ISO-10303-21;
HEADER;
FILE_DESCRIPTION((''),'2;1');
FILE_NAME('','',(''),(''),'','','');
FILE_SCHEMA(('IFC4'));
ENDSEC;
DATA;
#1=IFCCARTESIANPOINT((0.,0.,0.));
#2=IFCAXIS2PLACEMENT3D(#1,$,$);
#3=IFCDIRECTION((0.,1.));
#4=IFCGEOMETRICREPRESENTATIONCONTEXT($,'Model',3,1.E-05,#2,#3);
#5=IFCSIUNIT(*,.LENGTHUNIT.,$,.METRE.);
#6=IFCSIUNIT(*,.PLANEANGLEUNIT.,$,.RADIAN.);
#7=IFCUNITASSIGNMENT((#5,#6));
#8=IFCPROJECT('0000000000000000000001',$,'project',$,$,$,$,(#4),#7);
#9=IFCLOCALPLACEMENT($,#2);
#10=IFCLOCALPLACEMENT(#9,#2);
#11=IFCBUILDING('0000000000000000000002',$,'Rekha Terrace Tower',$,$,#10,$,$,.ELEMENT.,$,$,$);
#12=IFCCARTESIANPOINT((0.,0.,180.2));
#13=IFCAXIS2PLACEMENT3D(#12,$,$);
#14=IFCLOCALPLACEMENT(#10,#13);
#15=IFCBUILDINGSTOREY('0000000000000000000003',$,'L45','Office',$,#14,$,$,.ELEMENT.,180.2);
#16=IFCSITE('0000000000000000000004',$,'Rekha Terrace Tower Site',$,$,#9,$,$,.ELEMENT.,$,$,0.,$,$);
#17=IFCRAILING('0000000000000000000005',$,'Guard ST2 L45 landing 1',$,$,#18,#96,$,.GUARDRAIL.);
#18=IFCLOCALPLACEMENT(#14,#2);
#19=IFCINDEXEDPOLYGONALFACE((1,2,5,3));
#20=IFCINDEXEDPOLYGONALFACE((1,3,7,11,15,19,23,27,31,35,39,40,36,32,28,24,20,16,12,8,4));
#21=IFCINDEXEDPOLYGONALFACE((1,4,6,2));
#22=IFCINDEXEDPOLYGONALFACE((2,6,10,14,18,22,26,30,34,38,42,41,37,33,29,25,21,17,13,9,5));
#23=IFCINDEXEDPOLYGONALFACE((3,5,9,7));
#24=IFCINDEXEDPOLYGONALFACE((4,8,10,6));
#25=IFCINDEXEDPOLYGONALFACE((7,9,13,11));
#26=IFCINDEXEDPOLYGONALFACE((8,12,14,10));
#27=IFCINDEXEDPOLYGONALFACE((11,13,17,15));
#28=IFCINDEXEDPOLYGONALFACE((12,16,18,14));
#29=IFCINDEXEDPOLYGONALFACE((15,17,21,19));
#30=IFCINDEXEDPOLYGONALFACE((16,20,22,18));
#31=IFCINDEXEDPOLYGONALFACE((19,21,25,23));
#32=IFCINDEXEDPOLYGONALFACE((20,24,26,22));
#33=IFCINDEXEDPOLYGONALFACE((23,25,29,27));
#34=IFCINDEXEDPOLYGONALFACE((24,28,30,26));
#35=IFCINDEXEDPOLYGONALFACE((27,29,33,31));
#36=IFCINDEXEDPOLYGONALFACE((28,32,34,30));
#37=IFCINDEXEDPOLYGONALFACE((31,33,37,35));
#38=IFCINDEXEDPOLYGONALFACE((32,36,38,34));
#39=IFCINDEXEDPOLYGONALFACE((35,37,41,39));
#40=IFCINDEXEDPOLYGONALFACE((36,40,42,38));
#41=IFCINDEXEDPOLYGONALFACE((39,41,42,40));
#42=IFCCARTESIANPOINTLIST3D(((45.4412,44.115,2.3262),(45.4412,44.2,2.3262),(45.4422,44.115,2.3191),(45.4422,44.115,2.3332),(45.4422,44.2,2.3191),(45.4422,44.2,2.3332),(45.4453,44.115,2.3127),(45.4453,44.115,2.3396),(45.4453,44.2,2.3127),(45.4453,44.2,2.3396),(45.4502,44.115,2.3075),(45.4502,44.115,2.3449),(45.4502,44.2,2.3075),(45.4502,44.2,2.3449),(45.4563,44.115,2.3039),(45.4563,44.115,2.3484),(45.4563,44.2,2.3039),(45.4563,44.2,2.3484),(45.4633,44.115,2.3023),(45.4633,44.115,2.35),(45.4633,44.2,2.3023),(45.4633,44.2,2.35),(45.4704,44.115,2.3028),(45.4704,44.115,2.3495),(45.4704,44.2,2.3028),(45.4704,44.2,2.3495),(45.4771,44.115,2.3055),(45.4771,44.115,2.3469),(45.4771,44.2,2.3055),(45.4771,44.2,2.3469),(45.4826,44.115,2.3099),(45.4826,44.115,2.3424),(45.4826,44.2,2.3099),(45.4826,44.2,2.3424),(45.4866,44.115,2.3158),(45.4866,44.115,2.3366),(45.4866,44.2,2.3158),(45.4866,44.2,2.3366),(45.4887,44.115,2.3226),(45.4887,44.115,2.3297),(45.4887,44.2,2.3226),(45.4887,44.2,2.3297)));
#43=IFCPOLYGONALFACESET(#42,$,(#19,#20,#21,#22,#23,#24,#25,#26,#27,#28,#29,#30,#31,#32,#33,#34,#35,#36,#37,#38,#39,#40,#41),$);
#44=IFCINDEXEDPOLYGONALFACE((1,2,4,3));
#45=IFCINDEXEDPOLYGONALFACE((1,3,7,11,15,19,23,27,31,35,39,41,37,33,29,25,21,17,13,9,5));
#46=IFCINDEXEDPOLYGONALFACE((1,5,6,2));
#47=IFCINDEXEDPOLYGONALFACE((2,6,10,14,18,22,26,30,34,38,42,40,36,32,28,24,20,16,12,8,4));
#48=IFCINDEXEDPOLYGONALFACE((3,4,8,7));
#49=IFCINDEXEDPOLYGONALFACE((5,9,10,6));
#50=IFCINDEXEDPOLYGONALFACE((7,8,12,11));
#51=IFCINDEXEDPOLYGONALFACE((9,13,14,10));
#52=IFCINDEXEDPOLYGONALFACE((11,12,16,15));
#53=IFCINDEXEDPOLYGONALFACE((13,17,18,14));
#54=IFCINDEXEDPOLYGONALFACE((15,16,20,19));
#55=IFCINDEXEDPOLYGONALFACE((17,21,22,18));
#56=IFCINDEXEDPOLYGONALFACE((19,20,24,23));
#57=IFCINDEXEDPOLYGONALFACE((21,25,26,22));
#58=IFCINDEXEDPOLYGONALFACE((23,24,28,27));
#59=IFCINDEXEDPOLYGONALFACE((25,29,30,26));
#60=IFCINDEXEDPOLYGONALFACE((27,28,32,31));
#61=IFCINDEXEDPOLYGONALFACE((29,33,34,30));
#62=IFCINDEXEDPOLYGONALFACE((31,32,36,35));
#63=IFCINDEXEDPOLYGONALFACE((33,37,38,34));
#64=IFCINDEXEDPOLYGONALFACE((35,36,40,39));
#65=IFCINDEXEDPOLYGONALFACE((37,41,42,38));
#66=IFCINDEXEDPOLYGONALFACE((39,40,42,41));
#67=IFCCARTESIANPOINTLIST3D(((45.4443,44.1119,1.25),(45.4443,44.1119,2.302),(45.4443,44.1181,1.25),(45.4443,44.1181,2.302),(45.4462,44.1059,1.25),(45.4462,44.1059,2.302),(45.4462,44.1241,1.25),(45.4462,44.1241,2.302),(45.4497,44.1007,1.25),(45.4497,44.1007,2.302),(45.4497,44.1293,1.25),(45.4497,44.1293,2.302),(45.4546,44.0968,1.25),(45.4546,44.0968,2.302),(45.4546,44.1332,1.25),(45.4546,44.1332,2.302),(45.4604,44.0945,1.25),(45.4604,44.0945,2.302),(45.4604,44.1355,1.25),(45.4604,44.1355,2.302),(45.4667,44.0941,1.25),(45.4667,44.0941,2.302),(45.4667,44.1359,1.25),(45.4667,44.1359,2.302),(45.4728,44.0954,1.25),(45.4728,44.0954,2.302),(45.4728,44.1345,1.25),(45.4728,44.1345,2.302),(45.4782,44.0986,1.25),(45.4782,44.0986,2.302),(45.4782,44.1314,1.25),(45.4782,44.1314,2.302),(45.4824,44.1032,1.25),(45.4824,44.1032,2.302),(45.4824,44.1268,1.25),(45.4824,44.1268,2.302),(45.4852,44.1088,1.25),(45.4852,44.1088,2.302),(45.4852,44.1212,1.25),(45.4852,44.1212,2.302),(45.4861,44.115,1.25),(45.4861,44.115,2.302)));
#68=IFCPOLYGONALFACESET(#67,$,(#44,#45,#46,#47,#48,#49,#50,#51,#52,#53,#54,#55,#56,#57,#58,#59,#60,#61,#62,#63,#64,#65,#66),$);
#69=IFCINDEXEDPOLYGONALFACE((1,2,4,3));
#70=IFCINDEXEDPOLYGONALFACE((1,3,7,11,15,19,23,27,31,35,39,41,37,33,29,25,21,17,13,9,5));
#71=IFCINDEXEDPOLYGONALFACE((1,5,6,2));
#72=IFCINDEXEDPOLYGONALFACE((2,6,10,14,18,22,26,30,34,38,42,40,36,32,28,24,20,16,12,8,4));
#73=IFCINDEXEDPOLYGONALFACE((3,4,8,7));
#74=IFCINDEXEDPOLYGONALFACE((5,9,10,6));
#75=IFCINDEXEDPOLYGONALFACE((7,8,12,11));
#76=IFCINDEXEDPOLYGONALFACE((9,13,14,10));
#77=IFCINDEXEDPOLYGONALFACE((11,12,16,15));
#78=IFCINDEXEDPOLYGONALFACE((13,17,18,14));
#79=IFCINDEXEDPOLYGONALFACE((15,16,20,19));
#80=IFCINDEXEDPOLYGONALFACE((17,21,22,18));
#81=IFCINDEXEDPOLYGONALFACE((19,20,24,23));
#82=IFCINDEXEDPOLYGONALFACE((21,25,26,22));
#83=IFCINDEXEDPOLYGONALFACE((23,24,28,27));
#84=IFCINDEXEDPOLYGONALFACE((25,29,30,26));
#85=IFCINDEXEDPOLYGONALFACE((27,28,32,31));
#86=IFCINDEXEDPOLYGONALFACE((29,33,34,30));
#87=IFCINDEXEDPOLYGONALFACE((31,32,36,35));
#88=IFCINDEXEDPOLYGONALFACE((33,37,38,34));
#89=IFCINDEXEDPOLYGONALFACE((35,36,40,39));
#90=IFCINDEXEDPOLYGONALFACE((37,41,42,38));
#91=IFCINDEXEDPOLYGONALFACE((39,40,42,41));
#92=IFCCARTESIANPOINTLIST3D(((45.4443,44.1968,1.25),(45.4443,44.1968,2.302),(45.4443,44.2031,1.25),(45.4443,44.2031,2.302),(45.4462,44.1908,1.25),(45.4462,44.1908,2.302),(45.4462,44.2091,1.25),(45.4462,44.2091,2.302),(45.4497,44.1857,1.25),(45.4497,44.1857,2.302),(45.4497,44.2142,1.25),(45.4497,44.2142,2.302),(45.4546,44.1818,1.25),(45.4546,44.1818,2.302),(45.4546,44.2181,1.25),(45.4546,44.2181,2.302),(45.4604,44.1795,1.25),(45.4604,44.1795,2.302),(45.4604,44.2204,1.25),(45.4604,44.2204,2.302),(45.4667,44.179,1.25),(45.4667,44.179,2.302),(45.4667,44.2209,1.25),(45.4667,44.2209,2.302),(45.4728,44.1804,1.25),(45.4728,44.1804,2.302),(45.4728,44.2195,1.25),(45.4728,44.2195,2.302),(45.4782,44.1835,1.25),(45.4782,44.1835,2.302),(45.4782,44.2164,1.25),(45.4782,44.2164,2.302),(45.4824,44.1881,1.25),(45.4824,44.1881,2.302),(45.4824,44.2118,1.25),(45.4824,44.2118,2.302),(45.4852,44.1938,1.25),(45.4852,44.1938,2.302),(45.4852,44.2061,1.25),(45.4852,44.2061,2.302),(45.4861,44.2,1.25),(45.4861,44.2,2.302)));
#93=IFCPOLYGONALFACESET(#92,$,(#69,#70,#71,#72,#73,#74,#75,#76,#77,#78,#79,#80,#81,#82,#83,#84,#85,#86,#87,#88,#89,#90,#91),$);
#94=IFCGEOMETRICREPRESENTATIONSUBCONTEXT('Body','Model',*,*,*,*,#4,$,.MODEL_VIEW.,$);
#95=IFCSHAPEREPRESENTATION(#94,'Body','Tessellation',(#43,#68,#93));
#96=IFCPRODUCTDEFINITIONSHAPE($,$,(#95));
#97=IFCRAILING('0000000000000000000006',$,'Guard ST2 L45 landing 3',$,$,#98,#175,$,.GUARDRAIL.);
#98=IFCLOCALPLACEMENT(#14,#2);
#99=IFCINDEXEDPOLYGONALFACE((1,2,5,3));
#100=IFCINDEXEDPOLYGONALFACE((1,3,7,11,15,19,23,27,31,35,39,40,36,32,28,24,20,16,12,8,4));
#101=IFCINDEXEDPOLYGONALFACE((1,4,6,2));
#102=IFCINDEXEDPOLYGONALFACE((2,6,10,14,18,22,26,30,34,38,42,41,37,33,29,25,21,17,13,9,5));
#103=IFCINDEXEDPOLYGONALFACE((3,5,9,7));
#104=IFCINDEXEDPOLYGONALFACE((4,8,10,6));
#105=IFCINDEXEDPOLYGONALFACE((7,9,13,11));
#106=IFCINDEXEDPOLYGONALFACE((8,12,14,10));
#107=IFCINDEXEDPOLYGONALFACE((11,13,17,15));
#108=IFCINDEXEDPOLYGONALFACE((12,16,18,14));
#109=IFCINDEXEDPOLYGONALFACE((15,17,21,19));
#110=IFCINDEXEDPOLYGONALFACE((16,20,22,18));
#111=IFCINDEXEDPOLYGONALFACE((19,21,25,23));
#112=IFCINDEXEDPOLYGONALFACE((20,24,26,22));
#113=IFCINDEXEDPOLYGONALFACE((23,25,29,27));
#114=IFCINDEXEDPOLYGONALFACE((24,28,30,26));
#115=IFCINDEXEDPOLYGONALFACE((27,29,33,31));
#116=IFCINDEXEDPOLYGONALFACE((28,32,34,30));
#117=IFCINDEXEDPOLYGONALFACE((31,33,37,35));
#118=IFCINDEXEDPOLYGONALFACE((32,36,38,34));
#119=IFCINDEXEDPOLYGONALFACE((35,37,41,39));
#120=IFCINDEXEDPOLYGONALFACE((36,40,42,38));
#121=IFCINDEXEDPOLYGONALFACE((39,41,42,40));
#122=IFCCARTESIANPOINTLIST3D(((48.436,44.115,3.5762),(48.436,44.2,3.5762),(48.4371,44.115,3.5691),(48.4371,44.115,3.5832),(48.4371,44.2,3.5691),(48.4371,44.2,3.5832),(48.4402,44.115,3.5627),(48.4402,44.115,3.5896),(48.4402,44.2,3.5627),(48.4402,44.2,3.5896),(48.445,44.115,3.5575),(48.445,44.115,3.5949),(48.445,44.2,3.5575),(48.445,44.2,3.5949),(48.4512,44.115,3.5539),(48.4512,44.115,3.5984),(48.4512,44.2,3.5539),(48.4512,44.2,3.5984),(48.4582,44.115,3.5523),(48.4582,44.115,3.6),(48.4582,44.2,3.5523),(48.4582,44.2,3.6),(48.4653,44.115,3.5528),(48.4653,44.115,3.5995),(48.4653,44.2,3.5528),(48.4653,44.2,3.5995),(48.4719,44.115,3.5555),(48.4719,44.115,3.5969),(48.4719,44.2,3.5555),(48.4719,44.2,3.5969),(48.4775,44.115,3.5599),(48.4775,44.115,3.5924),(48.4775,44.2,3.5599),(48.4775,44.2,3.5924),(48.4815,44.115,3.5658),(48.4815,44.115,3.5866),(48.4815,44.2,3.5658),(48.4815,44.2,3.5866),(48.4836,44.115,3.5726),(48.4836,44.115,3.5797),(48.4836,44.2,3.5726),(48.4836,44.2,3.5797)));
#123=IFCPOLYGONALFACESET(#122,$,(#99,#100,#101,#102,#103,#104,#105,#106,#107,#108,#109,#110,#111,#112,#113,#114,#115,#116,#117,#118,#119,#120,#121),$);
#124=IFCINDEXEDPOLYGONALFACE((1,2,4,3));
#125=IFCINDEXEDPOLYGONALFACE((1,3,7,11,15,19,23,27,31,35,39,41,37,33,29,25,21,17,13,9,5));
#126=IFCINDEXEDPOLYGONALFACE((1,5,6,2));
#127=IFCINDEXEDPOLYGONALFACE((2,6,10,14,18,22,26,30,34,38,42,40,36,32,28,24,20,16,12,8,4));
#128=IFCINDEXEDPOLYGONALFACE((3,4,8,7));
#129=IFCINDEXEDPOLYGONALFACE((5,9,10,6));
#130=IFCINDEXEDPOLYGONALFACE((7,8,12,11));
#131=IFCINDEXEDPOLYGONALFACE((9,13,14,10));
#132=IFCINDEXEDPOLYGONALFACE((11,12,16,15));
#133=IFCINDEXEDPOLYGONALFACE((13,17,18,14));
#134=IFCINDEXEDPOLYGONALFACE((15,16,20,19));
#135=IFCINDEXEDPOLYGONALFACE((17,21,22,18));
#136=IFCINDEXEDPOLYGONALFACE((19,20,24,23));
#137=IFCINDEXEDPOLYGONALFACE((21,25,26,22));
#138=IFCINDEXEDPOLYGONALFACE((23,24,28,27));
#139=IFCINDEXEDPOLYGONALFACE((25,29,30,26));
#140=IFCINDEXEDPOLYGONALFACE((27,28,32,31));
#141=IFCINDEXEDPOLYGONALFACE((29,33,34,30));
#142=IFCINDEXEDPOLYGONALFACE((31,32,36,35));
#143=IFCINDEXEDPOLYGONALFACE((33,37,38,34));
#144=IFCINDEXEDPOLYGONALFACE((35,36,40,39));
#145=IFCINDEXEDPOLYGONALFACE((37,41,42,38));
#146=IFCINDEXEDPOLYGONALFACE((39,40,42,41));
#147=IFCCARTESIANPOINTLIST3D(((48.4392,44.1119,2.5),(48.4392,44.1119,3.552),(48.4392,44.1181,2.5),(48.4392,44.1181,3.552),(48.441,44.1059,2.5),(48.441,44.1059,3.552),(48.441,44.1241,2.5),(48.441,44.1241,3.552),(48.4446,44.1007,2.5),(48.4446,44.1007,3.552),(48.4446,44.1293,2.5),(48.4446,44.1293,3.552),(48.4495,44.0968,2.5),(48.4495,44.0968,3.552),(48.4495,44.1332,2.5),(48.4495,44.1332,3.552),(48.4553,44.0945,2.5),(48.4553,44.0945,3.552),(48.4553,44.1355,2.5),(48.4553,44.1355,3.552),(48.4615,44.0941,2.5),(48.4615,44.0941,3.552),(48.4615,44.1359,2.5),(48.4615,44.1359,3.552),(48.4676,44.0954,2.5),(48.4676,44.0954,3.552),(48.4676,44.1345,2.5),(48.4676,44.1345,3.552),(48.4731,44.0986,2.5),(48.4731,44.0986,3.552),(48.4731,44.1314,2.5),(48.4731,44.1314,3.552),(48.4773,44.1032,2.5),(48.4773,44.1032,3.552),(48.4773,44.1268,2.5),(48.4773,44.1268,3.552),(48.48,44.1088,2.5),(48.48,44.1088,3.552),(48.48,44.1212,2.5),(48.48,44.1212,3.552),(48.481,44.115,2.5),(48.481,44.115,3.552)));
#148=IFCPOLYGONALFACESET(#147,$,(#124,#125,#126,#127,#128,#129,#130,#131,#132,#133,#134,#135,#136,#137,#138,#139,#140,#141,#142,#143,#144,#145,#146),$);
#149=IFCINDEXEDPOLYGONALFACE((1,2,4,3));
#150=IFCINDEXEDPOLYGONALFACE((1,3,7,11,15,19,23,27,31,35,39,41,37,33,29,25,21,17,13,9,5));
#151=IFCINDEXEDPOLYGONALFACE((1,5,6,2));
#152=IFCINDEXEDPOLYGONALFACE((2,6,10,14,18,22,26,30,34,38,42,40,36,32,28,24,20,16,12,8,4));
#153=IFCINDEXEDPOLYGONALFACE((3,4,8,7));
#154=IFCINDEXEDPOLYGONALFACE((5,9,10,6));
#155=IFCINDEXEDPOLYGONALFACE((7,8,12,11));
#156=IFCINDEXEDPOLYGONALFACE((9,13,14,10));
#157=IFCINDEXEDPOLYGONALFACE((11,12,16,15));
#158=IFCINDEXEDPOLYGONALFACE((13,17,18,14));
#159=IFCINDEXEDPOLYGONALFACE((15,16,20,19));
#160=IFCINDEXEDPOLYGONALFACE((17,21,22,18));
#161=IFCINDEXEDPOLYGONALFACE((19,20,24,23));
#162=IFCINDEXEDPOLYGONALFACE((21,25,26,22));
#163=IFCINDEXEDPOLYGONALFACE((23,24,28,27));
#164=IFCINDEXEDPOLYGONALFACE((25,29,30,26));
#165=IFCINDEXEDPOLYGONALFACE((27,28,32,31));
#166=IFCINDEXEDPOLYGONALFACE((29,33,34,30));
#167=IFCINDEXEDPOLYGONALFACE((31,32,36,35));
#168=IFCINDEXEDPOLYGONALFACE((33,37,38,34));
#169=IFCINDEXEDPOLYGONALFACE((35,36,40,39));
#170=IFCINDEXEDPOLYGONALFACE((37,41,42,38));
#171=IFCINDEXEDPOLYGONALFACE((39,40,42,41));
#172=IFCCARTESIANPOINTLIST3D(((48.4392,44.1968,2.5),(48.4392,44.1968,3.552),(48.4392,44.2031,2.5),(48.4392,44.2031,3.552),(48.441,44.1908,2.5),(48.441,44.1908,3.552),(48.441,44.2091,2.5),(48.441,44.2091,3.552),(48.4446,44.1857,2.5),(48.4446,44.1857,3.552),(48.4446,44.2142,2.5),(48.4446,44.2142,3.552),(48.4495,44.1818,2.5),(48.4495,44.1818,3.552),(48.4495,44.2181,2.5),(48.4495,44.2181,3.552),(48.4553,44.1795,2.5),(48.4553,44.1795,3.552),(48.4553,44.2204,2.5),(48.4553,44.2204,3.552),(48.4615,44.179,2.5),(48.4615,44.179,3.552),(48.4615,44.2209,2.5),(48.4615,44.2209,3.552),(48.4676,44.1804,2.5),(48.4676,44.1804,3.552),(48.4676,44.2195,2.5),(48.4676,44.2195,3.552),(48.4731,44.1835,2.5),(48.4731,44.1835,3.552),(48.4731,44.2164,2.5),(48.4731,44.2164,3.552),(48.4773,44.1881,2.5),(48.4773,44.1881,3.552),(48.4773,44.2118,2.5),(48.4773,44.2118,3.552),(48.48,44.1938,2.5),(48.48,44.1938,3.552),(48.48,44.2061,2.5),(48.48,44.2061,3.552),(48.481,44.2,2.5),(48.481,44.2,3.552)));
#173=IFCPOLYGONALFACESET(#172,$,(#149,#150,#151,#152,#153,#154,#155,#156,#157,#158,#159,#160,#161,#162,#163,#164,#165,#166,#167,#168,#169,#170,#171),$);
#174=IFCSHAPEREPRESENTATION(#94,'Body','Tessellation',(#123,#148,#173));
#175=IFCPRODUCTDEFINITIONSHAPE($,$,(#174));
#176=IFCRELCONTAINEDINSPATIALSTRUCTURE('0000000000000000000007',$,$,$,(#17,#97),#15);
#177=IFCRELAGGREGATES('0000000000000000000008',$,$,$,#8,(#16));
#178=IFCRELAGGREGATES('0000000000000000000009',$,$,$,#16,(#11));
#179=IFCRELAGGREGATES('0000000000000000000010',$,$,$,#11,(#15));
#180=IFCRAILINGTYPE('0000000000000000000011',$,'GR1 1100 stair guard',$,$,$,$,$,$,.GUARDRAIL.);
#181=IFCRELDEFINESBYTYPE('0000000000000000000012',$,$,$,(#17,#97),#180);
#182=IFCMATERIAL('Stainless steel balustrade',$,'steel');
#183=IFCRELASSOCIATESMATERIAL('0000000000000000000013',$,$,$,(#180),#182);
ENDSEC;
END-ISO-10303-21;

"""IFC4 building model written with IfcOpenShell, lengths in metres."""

from ifc_helpers import new_model, si_unit, direction, frame, origin, origin_2d, place, context, subcontext, project, spatial, circle, extrude, material, type_object, element, save


model = new_model("IFC4")

# Units and contexts
model_context = context("Model", 3, precision=1e-05, world=origin(), true_north=direction((0.0, 1.0)))
body_context = subcontext(model_context, "Body", "Model", "MODEL_VIEW")
ifc_project = project(units=[si_unit("LENGTHUNIT", "METRE"), si_unit("PLANEANGLEUNIT", "RADIAN")], contexts=[model_context])

# Site, building, storey
site_placement = place(None, origin())
site = spatial("IfcSite", under=ifc_project, at=site_placement, Name="Rekha Terrace Tower Site", CompositionType="ELEMENT", RefElevation=0.0)
building_placement = place(site_placement, origin())
building = spatial("IfcBuilding", under=site, at=building_placement, Name="Rekha Terrace Tower", CompositionType="ELEMENT")
storey_placement = place(building_placement, frame((0.0, 0.0, 180.2)))
storey = spatial("IfcBuildingStorey", under=building, at=storey_placement, Name="L45", Description="Office", CompositionType="ELEMENT", Elevation=180.2)

# Railings
ifc_material_1 = material(Name="Stainless steel balustrade", Category="steel")
railing_type_1 = type_object("IfcRailingType", Name="GR1 1100 stair guard", PredefinedType="GUARDRAIL", material=ifc_material_1)
for number, where, name in (
    (1, (45.4651, 44.115, 1.25), "Guard ST2 L45 landing 1"),
    (2, (48.46, 44.115, 2.5), "Guard ST2 L45 landing 3"),
):
    element("IfcRailing", number, at=place(storey_placement, frame(where)), inside=storey, type_object=railing_type_1, Name=name, PredefinedType="GUARDRAIL", context=body_context, shape_type="SweptSolid", body=[
        extrude(circle(Radius=0.0239, at=origin_2d()), frame((0.0, 0.0, 1.0762), z_axis=(0.0, 1.0, 0.0), x_axis=(-1.0, 0.0, 0.0)), (0.0, 0.0, 1.0), 0.085),
        extrude(circle(Radius=0.021, at=origin_2d()), origin(), (0.0, 0.0, 1.0), 1.052),
        extrude(circle(Radius=0.021, at=origin_2d()), frame((0.0, 0.085, 0.0)), (0.0, 0.0, 1.0), 1.052),
    ])

save(model, "model.ifc")
